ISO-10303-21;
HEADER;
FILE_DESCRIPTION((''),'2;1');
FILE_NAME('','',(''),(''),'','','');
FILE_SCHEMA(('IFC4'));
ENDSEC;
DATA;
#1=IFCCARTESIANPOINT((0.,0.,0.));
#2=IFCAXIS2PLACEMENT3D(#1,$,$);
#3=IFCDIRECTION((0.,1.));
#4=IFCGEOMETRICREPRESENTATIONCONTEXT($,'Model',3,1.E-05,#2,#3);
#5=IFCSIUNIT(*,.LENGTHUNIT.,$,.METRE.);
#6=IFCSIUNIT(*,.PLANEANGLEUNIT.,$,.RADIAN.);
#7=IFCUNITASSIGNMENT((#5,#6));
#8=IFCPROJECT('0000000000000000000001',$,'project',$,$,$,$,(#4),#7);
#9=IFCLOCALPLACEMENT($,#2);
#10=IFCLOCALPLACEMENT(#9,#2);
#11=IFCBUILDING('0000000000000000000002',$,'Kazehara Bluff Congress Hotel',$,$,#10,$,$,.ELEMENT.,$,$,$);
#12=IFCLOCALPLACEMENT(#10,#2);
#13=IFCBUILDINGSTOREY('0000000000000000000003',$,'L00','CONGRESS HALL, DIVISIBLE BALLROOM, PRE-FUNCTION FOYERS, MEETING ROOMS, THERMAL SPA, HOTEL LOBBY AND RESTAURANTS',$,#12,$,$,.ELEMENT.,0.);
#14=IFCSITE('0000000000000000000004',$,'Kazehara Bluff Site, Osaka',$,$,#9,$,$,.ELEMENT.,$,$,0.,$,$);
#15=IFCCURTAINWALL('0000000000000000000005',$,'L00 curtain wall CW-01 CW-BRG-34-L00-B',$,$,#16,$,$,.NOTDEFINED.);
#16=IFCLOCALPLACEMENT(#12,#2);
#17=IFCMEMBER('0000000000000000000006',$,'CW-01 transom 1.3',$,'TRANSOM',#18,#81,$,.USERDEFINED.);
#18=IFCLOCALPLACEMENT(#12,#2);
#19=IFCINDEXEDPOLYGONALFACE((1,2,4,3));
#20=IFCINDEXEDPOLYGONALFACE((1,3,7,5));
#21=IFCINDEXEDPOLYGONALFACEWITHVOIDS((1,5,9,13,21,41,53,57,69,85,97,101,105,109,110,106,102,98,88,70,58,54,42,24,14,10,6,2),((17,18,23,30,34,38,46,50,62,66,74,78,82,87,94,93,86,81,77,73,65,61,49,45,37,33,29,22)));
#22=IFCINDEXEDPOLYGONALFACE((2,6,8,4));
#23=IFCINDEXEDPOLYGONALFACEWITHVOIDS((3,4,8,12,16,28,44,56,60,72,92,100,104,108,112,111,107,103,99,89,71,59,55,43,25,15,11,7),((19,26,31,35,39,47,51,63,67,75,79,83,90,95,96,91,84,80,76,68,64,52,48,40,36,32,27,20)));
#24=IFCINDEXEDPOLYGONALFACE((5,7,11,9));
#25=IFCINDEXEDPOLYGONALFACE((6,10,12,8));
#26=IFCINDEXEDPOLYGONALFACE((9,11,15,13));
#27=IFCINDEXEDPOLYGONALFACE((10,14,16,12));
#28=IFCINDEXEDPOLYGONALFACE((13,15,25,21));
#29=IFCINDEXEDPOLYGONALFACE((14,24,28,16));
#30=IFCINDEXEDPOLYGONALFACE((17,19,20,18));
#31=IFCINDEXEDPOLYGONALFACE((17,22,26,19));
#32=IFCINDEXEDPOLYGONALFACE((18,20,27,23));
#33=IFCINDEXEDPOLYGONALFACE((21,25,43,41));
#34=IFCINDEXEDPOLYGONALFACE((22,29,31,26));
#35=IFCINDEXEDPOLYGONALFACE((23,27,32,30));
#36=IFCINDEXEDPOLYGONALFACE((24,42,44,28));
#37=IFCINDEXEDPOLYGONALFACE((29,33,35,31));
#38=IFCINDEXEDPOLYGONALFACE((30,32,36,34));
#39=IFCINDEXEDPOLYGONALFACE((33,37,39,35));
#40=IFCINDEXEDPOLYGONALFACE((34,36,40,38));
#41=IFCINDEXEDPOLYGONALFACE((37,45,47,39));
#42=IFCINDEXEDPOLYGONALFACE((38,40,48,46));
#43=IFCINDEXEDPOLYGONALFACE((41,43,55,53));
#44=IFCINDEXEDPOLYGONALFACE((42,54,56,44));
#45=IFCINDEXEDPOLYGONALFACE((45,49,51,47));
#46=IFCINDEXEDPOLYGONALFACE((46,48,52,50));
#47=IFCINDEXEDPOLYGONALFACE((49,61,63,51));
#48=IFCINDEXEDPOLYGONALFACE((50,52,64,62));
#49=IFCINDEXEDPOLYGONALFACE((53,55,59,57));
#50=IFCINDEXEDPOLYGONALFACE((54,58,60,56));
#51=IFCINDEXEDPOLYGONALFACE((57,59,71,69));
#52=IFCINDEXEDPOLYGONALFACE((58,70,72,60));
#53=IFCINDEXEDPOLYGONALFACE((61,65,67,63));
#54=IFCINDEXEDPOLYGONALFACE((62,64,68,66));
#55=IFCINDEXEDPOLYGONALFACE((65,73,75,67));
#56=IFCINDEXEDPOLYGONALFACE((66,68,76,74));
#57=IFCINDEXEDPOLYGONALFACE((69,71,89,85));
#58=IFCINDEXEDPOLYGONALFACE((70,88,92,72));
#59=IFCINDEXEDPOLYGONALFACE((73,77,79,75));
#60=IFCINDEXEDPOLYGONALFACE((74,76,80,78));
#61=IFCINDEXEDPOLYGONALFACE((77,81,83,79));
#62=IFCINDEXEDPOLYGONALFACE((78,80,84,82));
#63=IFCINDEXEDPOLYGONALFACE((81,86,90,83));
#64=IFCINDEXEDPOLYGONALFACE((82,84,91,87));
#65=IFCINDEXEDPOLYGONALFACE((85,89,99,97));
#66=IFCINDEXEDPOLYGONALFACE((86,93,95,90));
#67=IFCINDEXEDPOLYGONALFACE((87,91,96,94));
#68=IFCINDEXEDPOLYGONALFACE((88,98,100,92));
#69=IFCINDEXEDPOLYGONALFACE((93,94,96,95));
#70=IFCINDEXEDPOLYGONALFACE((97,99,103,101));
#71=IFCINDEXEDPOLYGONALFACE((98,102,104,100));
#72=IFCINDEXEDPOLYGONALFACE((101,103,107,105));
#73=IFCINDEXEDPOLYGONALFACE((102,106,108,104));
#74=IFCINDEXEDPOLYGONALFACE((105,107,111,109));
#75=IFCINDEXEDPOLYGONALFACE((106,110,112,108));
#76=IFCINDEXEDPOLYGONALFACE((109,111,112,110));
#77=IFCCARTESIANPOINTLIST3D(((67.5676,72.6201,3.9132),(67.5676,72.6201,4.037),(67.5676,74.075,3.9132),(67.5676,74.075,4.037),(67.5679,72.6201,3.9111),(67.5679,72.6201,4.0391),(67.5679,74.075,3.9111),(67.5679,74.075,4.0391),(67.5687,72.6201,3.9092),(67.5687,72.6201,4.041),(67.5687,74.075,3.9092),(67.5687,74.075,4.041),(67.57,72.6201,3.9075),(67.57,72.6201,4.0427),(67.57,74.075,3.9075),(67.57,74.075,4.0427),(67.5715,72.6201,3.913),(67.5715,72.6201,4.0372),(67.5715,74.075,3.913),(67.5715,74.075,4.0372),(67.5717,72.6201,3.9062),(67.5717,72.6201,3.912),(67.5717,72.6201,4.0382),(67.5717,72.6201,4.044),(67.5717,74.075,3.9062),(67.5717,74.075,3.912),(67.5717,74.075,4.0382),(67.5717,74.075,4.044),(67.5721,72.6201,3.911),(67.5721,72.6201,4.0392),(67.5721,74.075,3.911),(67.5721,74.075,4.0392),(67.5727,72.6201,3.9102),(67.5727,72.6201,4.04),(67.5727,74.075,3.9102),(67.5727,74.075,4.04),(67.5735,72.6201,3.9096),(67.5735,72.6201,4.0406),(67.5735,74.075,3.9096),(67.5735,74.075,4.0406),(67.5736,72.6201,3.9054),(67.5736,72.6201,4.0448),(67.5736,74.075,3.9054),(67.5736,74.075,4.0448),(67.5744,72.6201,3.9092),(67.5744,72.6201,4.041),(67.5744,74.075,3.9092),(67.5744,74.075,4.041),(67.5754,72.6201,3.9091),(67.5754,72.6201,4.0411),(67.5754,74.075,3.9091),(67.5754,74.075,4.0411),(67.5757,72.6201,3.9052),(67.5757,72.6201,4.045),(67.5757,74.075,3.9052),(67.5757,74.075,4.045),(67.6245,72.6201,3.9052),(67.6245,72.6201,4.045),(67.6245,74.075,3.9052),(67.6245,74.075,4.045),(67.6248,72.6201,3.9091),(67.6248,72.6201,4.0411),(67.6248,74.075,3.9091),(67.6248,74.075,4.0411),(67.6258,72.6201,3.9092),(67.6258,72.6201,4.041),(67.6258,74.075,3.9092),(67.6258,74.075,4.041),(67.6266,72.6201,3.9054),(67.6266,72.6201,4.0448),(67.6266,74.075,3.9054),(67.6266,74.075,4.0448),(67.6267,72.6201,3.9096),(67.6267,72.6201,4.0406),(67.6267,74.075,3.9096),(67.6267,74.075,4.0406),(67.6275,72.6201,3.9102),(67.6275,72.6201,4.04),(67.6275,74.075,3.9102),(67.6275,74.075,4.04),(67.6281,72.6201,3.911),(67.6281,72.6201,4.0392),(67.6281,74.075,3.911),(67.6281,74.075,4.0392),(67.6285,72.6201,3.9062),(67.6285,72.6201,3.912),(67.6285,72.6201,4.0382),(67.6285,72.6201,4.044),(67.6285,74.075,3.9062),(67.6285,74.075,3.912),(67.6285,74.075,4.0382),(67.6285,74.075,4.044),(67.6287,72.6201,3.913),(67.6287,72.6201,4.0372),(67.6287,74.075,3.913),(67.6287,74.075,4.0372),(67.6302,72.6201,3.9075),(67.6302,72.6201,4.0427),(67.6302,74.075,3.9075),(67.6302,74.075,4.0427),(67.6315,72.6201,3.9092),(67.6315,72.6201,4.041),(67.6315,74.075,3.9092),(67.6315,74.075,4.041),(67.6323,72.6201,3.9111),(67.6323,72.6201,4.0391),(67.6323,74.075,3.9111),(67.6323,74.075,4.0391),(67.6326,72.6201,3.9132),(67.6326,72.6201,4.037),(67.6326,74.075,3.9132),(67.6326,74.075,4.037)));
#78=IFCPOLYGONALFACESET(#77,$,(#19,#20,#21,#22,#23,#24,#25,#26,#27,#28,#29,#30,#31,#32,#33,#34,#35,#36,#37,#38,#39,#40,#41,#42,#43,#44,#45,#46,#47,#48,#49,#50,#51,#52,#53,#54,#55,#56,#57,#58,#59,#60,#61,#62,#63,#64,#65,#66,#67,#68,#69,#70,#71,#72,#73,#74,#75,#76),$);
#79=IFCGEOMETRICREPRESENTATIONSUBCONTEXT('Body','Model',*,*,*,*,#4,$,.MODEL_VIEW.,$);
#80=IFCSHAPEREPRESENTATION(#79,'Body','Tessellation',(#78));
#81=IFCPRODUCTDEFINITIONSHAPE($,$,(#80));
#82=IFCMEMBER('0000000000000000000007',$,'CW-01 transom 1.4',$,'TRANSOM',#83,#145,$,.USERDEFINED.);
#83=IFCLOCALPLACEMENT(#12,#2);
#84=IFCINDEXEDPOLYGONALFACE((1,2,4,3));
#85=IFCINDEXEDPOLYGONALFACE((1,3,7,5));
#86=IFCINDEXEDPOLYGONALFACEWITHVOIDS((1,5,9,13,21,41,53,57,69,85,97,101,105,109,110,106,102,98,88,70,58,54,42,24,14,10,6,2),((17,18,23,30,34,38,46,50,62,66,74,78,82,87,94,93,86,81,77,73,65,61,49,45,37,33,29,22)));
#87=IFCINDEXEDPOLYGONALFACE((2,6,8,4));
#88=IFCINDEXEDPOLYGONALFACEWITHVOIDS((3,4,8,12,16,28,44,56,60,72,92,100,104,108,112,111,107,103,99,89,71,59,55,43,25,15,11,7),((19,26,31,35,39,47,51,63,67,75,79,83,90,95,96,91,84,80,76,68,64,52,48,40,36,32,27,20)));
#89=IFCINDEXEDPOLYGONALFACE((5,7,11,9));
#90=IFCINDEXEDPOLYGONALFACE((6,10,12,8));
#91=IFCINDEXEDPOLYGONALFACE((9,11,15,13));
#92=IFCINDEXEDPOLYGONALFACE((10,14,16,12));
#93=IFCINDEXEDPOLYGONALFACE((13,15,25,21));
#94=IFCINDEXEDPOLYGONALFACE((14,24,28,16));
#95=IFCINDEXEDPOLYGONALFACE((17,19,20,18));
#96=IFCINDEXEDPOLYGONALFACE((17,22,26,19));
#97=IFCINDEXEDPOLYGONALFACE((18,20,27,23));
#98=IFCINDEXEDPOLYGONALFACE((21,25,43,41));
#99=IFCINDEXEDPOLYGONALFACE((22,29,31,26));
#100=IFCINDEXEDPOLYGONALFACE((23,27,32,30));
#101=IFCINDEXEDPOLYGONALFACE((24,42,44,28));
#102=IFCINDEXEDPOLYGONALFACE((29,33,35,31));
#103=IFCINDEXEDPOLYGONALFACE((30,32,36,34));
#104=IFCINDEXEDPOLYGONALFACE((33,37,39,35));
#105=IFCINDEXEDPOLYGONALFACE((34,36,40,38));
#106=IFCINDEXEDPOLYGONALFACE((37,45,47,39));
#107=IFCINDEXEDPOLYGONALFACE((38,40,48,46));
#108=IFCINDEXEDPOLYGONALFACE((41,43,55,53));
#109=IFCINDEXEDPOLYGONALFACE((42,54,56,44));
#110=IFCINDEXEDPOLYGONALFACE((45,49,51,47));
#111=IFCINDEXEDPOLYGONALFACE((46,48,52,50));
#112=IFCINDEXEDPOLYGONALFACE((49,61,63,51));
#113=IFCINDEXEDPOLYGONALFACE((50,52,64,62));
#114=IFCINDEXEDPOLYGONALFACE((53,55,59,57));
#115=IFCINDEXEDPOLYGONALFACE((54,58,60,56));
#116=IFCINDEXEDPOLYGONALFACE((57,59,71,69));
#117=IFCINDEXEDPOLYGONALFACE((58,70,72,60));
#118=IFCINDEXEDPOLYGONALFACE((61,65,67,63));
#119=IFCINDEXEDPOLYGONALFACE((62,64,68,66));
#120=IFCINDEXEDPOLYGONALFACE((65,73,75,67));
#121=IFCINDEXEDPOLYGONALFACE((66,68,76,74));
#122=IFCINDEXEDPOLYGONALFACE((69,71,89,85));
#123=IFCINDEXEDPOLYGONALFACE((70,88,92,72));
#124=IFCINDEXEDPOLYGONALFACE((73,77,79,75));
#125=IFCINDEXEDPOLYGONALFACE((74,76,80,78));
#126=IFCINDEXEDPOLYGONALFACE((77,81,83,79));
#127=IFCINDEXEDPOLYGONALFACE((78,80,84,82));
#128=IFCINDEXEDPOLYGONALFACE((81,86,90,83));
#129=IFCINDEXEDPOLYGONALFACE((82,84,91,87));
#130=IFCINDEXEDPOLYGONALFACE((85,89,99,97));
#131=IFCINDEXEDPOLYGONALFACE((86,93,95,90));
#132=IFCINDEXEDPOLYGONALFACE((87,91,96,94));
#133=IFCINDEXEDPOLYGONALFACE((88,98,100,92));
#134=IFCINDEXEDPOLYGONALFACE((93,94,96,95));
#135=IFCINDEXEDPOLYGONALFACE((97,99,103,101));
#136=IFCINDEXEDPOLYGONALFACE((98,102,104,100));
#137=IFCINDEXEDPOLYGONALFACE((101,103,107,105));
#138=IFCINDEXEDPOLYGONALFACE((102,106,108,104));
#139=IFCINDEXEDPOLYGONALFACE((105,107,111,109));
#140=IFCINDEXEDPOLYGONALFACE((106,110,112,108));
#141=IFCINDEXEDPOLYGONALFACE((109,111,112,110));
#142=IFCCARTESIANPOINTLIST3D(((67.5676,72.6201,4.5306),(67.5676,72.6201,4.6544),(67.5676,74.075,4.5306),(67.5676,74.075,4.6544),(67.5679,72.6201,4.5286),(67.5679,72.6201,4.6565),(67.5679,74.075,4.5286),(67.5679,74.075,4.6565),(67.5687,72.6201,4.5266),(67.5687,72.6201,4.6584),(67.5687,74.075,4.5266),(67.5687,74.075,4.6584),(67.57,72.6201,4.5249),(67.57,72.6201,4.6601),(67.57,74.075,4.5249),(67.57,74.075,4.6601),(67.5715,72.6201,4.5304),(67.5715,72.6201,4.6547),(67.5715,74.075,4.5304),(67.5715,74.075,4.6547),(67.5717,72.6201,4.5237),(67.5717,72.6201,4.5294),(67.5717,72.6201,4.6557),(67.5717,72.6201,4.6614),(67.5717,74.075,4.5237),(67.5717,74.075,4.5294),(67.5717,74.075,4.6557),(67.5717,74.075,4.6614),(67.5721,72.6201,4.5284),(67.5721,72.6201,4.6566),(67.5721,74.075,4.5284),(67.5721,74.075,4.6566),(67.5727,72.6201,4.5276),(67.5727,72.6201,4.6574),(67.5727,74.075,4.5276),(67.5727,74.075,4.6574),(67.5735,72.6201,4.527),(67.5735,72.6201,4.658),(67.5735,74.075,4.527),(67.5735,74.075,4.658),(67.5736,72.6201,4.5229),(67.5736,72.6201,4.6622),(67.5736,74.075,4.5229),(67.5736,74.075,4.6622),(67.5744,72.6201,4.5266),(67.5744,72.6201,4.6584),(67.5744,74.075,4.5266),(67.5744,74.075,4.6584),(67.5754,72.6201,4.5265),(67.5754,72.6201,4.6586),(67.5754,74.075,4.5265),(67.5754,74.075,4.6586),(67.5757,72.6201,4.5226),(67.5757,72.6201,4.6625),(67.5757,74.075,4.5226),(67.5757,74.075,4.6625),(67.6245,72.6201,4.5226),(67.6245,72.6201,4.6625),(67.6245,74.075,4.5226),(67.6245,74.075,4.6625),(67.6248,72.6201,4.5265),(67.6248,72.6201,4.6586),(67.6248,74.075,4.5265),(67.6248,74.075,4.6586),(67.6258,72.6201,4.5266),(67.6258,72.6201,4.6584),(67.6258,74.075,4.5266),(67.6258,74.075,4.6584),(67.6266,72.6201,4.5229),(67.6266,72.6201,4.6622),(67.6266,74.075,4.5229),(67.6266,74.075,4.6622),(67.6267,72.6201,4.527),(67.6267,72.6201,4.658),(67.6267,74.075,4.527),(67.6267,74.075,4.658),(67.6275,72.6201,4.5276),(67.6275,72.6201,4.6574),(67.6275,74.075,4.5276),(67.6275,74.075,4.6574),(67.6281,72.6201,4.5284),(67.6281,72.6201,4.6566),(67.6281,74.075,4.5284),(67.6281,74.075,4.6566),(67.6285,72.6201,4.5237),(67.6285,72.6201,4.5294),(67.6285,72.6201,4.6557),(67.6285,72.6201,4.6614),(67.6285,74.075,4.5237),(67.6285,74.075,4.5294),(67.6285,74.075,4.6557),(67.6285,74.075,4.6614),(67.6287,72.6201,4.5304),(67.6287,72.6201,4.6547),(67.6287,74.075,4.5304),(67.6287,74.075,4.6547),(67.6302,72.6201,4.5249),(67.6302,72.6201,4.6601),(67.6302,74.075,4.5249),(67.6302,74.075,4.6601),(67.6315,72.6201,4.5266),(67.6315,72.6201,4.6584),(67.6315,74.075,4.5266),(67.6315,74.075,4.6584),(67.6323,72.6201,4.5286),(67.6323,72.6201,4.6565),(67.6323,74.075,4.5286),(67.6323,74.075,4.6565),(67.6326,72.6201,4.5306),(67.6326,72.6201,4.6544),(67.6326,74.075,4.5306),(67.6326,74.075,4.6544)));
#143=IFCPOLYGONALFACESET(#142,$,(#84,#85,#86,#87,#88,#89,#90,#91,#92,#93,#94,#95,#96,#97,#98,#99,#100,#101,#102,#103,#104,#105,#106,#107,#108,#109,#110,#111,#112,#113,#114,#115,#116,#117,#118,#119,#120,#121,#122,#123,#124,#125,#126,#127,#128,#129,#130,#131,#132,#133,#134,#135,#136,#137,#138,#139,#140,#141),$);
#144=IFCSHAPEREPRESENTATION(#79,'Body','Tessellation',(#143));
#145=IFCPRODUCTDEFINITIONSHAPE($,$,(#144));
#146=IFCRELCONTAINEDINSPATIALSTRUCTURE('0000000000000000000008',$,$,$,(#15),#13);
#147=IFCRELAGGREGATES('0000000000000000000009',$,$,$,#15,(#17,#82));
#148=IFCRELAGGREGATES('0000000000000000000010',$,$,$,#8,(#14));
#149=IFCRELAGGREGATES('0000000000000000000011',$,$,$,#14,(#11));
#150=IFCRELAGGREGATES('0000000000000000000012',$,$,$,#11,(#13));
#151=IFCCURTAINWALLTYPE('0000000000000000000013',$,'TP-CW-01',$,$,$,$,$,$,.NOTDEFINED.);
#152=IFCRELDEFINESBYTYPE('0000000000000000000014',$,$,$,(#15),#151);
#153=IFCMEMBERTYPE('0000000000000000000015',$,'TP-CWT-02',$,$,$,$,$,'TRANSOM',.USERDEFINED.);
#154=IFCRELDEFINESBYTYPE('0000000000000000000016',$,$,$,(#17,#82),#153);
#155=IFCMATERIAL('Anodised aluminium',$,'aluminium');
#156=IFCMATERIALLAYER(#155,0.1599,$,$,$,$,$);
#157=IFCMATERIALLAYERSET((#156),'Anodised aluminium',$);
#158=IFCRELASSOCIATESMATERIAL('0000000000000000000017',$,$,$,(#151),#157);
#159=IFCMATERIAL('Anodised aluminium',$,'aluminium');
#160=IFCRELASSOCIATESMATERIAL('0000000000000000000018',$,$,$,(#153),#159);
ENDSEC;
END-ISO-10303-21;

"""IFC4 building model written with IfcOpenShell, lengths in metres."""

from ifc_helpers import new_model, si_unit, direction, frame, origin, origin_2d, place, context, subcontext, project, spatial, hollow_rectangle, extrude, material, layer, layer_set, material_profile, profile_set, type_object, element, aggregate, save


model = new_model("IFC4")

# Units and contexts
model_context = context("Model", 3, precision=1e-05, world=origin(), true_north=direction((0.0, 1.0)))
body_context = subcontext(model_context, "Body", "Model", "MODEL_VIEW")
ifc_project = project(units=[si_unit("LENGTHUNIT", "METRE"), si_unit("PLANEANGLEUNIT", "RADIAN")], contexts=[model_context])

# Site, building, storey
site_placement = place(None, origin())
site = spatial("IfcSite", under=ifc_project, at=site_placement, Name="Kazehara Bluff Site, Osaka", CompositionType="ELEMENT", RefElevation=0.0)
building_placement = place(site_placement, origin())
building = spatial("IfcBuilding", under=site, at=building_placement, Name="Kazehara Bluff Congress Hotel", CompositionType="ELEMENT")
storey_placement = place(building_placement, origin())
storey = spatial("IfcBuildingStorey", under=building, at=storey_placement, Name="L00", Description="CONGRESS HALL, DIVISIBLE BALLROOM, PRE-FUNCTION FOYERS, MEETING ROOMS, THERMAL SPA, HOTEL LOBBY AND RESTAURANTS", CompositionType="ELEMENT", Elevation=0.0)

# Curtain wall
ifc_material_1 = material(Name="Anodised aluminium", Category="aluminium")
ifc_layer_1 = layer(ifc_material_1, 0.1599)
ifc_layer_set_1 = layer_set([ifc_layer_1], Name="Anodised aluminium")
curtain_wall_type = type_object("IfcCurtainWallType", Name="TP-CW-01", PredefinedType="NOTDEFINED", material=ifc_layer_set_1)
curtain_wall_1_placement = place(storey_placement, origin())
curtain_wall_1 = element("IfcCurtainWall", 1, at=curtain_wall_1_placement, inside=storey, type_object=curtain_wall_type, Name="L00 curtain wall CW-01 CW-BRG-34-L00-B", PredefinedType="NOTDEFINED")

# Members
ifc_material_2 = material(Name="Anodised aluminium", Category="aluminium")
ifc_material_profile_1 = material_profile(ifc_material_2, hollow_rectangle(XDim=0.0649, YDim=0.1399, WallThickness=0.0039, InnerFilletRadius=0.0039, OuterFilletRadius=0.0081, at=origin_2d()))
ifc_profile_set_1 = profile_set([ifc_material_profile_1], Name="Anodised aluminium")
member_type_1 = type_object("IfcMemberType", Name="TP-CWT-02", ElementType="TRANSOM", PredefinedType="USERDEFINED", material=ifc_profile_set_1)
member_1_placement = place(storey_placement, frame((67.6001, 72.6201, 3.9751), z_axis=(0.0, 1.0, 0.0), x_axis=(-1.0, 0.0, 0.0)))
member_1 = element("IfcMember", 2, at=member_1_placement, type_object=member_type_1, Name="CW-01 transom 1.3", ObjectType="TRANSOM", PredefinedType="USERDEFINED", context=body_context, shape_type="SweptSolid", body=[
    extrude(hollow_rectangle(XDim=0.0649, YDim=0.1399, WallThickness=0.0039, InnerFilletRadius=0.0039, OuterFilletRadius=0.0081, at=origin_2d()), origin(), (0.0, 0.0, 1.0), 1.4548),
])
member_2_placement = place(storey_placement, frame((67.6001, 72.6201, 4.5925), z_axis=(0.0, 1.0, 0.0), x_axis=(-1.0, 0.0, 0.0)))
member_2 = element("IfcMember", 3, at=member_2_placement, type_object=member_type_1, Name="CW-01 transom 1.4", ObjectType="TRANSOM", PredefinedType="USERDEFINED", context=body_context, shape_type="SweptSolid", body=[
    extrude(hollow_rectangle(XDim=0.0649, YDim=0.1399, WallThickness=0.0039, InnerFilletRadius=0.0039, OuterFilletRadius=0.0081, at=origin_2d()), origin(), (0.0, 0.0, 1.0), 1.4548),
])

aggregate(curtain_wall_1, [member_1, member_2])

save(model, "model.ifc")
